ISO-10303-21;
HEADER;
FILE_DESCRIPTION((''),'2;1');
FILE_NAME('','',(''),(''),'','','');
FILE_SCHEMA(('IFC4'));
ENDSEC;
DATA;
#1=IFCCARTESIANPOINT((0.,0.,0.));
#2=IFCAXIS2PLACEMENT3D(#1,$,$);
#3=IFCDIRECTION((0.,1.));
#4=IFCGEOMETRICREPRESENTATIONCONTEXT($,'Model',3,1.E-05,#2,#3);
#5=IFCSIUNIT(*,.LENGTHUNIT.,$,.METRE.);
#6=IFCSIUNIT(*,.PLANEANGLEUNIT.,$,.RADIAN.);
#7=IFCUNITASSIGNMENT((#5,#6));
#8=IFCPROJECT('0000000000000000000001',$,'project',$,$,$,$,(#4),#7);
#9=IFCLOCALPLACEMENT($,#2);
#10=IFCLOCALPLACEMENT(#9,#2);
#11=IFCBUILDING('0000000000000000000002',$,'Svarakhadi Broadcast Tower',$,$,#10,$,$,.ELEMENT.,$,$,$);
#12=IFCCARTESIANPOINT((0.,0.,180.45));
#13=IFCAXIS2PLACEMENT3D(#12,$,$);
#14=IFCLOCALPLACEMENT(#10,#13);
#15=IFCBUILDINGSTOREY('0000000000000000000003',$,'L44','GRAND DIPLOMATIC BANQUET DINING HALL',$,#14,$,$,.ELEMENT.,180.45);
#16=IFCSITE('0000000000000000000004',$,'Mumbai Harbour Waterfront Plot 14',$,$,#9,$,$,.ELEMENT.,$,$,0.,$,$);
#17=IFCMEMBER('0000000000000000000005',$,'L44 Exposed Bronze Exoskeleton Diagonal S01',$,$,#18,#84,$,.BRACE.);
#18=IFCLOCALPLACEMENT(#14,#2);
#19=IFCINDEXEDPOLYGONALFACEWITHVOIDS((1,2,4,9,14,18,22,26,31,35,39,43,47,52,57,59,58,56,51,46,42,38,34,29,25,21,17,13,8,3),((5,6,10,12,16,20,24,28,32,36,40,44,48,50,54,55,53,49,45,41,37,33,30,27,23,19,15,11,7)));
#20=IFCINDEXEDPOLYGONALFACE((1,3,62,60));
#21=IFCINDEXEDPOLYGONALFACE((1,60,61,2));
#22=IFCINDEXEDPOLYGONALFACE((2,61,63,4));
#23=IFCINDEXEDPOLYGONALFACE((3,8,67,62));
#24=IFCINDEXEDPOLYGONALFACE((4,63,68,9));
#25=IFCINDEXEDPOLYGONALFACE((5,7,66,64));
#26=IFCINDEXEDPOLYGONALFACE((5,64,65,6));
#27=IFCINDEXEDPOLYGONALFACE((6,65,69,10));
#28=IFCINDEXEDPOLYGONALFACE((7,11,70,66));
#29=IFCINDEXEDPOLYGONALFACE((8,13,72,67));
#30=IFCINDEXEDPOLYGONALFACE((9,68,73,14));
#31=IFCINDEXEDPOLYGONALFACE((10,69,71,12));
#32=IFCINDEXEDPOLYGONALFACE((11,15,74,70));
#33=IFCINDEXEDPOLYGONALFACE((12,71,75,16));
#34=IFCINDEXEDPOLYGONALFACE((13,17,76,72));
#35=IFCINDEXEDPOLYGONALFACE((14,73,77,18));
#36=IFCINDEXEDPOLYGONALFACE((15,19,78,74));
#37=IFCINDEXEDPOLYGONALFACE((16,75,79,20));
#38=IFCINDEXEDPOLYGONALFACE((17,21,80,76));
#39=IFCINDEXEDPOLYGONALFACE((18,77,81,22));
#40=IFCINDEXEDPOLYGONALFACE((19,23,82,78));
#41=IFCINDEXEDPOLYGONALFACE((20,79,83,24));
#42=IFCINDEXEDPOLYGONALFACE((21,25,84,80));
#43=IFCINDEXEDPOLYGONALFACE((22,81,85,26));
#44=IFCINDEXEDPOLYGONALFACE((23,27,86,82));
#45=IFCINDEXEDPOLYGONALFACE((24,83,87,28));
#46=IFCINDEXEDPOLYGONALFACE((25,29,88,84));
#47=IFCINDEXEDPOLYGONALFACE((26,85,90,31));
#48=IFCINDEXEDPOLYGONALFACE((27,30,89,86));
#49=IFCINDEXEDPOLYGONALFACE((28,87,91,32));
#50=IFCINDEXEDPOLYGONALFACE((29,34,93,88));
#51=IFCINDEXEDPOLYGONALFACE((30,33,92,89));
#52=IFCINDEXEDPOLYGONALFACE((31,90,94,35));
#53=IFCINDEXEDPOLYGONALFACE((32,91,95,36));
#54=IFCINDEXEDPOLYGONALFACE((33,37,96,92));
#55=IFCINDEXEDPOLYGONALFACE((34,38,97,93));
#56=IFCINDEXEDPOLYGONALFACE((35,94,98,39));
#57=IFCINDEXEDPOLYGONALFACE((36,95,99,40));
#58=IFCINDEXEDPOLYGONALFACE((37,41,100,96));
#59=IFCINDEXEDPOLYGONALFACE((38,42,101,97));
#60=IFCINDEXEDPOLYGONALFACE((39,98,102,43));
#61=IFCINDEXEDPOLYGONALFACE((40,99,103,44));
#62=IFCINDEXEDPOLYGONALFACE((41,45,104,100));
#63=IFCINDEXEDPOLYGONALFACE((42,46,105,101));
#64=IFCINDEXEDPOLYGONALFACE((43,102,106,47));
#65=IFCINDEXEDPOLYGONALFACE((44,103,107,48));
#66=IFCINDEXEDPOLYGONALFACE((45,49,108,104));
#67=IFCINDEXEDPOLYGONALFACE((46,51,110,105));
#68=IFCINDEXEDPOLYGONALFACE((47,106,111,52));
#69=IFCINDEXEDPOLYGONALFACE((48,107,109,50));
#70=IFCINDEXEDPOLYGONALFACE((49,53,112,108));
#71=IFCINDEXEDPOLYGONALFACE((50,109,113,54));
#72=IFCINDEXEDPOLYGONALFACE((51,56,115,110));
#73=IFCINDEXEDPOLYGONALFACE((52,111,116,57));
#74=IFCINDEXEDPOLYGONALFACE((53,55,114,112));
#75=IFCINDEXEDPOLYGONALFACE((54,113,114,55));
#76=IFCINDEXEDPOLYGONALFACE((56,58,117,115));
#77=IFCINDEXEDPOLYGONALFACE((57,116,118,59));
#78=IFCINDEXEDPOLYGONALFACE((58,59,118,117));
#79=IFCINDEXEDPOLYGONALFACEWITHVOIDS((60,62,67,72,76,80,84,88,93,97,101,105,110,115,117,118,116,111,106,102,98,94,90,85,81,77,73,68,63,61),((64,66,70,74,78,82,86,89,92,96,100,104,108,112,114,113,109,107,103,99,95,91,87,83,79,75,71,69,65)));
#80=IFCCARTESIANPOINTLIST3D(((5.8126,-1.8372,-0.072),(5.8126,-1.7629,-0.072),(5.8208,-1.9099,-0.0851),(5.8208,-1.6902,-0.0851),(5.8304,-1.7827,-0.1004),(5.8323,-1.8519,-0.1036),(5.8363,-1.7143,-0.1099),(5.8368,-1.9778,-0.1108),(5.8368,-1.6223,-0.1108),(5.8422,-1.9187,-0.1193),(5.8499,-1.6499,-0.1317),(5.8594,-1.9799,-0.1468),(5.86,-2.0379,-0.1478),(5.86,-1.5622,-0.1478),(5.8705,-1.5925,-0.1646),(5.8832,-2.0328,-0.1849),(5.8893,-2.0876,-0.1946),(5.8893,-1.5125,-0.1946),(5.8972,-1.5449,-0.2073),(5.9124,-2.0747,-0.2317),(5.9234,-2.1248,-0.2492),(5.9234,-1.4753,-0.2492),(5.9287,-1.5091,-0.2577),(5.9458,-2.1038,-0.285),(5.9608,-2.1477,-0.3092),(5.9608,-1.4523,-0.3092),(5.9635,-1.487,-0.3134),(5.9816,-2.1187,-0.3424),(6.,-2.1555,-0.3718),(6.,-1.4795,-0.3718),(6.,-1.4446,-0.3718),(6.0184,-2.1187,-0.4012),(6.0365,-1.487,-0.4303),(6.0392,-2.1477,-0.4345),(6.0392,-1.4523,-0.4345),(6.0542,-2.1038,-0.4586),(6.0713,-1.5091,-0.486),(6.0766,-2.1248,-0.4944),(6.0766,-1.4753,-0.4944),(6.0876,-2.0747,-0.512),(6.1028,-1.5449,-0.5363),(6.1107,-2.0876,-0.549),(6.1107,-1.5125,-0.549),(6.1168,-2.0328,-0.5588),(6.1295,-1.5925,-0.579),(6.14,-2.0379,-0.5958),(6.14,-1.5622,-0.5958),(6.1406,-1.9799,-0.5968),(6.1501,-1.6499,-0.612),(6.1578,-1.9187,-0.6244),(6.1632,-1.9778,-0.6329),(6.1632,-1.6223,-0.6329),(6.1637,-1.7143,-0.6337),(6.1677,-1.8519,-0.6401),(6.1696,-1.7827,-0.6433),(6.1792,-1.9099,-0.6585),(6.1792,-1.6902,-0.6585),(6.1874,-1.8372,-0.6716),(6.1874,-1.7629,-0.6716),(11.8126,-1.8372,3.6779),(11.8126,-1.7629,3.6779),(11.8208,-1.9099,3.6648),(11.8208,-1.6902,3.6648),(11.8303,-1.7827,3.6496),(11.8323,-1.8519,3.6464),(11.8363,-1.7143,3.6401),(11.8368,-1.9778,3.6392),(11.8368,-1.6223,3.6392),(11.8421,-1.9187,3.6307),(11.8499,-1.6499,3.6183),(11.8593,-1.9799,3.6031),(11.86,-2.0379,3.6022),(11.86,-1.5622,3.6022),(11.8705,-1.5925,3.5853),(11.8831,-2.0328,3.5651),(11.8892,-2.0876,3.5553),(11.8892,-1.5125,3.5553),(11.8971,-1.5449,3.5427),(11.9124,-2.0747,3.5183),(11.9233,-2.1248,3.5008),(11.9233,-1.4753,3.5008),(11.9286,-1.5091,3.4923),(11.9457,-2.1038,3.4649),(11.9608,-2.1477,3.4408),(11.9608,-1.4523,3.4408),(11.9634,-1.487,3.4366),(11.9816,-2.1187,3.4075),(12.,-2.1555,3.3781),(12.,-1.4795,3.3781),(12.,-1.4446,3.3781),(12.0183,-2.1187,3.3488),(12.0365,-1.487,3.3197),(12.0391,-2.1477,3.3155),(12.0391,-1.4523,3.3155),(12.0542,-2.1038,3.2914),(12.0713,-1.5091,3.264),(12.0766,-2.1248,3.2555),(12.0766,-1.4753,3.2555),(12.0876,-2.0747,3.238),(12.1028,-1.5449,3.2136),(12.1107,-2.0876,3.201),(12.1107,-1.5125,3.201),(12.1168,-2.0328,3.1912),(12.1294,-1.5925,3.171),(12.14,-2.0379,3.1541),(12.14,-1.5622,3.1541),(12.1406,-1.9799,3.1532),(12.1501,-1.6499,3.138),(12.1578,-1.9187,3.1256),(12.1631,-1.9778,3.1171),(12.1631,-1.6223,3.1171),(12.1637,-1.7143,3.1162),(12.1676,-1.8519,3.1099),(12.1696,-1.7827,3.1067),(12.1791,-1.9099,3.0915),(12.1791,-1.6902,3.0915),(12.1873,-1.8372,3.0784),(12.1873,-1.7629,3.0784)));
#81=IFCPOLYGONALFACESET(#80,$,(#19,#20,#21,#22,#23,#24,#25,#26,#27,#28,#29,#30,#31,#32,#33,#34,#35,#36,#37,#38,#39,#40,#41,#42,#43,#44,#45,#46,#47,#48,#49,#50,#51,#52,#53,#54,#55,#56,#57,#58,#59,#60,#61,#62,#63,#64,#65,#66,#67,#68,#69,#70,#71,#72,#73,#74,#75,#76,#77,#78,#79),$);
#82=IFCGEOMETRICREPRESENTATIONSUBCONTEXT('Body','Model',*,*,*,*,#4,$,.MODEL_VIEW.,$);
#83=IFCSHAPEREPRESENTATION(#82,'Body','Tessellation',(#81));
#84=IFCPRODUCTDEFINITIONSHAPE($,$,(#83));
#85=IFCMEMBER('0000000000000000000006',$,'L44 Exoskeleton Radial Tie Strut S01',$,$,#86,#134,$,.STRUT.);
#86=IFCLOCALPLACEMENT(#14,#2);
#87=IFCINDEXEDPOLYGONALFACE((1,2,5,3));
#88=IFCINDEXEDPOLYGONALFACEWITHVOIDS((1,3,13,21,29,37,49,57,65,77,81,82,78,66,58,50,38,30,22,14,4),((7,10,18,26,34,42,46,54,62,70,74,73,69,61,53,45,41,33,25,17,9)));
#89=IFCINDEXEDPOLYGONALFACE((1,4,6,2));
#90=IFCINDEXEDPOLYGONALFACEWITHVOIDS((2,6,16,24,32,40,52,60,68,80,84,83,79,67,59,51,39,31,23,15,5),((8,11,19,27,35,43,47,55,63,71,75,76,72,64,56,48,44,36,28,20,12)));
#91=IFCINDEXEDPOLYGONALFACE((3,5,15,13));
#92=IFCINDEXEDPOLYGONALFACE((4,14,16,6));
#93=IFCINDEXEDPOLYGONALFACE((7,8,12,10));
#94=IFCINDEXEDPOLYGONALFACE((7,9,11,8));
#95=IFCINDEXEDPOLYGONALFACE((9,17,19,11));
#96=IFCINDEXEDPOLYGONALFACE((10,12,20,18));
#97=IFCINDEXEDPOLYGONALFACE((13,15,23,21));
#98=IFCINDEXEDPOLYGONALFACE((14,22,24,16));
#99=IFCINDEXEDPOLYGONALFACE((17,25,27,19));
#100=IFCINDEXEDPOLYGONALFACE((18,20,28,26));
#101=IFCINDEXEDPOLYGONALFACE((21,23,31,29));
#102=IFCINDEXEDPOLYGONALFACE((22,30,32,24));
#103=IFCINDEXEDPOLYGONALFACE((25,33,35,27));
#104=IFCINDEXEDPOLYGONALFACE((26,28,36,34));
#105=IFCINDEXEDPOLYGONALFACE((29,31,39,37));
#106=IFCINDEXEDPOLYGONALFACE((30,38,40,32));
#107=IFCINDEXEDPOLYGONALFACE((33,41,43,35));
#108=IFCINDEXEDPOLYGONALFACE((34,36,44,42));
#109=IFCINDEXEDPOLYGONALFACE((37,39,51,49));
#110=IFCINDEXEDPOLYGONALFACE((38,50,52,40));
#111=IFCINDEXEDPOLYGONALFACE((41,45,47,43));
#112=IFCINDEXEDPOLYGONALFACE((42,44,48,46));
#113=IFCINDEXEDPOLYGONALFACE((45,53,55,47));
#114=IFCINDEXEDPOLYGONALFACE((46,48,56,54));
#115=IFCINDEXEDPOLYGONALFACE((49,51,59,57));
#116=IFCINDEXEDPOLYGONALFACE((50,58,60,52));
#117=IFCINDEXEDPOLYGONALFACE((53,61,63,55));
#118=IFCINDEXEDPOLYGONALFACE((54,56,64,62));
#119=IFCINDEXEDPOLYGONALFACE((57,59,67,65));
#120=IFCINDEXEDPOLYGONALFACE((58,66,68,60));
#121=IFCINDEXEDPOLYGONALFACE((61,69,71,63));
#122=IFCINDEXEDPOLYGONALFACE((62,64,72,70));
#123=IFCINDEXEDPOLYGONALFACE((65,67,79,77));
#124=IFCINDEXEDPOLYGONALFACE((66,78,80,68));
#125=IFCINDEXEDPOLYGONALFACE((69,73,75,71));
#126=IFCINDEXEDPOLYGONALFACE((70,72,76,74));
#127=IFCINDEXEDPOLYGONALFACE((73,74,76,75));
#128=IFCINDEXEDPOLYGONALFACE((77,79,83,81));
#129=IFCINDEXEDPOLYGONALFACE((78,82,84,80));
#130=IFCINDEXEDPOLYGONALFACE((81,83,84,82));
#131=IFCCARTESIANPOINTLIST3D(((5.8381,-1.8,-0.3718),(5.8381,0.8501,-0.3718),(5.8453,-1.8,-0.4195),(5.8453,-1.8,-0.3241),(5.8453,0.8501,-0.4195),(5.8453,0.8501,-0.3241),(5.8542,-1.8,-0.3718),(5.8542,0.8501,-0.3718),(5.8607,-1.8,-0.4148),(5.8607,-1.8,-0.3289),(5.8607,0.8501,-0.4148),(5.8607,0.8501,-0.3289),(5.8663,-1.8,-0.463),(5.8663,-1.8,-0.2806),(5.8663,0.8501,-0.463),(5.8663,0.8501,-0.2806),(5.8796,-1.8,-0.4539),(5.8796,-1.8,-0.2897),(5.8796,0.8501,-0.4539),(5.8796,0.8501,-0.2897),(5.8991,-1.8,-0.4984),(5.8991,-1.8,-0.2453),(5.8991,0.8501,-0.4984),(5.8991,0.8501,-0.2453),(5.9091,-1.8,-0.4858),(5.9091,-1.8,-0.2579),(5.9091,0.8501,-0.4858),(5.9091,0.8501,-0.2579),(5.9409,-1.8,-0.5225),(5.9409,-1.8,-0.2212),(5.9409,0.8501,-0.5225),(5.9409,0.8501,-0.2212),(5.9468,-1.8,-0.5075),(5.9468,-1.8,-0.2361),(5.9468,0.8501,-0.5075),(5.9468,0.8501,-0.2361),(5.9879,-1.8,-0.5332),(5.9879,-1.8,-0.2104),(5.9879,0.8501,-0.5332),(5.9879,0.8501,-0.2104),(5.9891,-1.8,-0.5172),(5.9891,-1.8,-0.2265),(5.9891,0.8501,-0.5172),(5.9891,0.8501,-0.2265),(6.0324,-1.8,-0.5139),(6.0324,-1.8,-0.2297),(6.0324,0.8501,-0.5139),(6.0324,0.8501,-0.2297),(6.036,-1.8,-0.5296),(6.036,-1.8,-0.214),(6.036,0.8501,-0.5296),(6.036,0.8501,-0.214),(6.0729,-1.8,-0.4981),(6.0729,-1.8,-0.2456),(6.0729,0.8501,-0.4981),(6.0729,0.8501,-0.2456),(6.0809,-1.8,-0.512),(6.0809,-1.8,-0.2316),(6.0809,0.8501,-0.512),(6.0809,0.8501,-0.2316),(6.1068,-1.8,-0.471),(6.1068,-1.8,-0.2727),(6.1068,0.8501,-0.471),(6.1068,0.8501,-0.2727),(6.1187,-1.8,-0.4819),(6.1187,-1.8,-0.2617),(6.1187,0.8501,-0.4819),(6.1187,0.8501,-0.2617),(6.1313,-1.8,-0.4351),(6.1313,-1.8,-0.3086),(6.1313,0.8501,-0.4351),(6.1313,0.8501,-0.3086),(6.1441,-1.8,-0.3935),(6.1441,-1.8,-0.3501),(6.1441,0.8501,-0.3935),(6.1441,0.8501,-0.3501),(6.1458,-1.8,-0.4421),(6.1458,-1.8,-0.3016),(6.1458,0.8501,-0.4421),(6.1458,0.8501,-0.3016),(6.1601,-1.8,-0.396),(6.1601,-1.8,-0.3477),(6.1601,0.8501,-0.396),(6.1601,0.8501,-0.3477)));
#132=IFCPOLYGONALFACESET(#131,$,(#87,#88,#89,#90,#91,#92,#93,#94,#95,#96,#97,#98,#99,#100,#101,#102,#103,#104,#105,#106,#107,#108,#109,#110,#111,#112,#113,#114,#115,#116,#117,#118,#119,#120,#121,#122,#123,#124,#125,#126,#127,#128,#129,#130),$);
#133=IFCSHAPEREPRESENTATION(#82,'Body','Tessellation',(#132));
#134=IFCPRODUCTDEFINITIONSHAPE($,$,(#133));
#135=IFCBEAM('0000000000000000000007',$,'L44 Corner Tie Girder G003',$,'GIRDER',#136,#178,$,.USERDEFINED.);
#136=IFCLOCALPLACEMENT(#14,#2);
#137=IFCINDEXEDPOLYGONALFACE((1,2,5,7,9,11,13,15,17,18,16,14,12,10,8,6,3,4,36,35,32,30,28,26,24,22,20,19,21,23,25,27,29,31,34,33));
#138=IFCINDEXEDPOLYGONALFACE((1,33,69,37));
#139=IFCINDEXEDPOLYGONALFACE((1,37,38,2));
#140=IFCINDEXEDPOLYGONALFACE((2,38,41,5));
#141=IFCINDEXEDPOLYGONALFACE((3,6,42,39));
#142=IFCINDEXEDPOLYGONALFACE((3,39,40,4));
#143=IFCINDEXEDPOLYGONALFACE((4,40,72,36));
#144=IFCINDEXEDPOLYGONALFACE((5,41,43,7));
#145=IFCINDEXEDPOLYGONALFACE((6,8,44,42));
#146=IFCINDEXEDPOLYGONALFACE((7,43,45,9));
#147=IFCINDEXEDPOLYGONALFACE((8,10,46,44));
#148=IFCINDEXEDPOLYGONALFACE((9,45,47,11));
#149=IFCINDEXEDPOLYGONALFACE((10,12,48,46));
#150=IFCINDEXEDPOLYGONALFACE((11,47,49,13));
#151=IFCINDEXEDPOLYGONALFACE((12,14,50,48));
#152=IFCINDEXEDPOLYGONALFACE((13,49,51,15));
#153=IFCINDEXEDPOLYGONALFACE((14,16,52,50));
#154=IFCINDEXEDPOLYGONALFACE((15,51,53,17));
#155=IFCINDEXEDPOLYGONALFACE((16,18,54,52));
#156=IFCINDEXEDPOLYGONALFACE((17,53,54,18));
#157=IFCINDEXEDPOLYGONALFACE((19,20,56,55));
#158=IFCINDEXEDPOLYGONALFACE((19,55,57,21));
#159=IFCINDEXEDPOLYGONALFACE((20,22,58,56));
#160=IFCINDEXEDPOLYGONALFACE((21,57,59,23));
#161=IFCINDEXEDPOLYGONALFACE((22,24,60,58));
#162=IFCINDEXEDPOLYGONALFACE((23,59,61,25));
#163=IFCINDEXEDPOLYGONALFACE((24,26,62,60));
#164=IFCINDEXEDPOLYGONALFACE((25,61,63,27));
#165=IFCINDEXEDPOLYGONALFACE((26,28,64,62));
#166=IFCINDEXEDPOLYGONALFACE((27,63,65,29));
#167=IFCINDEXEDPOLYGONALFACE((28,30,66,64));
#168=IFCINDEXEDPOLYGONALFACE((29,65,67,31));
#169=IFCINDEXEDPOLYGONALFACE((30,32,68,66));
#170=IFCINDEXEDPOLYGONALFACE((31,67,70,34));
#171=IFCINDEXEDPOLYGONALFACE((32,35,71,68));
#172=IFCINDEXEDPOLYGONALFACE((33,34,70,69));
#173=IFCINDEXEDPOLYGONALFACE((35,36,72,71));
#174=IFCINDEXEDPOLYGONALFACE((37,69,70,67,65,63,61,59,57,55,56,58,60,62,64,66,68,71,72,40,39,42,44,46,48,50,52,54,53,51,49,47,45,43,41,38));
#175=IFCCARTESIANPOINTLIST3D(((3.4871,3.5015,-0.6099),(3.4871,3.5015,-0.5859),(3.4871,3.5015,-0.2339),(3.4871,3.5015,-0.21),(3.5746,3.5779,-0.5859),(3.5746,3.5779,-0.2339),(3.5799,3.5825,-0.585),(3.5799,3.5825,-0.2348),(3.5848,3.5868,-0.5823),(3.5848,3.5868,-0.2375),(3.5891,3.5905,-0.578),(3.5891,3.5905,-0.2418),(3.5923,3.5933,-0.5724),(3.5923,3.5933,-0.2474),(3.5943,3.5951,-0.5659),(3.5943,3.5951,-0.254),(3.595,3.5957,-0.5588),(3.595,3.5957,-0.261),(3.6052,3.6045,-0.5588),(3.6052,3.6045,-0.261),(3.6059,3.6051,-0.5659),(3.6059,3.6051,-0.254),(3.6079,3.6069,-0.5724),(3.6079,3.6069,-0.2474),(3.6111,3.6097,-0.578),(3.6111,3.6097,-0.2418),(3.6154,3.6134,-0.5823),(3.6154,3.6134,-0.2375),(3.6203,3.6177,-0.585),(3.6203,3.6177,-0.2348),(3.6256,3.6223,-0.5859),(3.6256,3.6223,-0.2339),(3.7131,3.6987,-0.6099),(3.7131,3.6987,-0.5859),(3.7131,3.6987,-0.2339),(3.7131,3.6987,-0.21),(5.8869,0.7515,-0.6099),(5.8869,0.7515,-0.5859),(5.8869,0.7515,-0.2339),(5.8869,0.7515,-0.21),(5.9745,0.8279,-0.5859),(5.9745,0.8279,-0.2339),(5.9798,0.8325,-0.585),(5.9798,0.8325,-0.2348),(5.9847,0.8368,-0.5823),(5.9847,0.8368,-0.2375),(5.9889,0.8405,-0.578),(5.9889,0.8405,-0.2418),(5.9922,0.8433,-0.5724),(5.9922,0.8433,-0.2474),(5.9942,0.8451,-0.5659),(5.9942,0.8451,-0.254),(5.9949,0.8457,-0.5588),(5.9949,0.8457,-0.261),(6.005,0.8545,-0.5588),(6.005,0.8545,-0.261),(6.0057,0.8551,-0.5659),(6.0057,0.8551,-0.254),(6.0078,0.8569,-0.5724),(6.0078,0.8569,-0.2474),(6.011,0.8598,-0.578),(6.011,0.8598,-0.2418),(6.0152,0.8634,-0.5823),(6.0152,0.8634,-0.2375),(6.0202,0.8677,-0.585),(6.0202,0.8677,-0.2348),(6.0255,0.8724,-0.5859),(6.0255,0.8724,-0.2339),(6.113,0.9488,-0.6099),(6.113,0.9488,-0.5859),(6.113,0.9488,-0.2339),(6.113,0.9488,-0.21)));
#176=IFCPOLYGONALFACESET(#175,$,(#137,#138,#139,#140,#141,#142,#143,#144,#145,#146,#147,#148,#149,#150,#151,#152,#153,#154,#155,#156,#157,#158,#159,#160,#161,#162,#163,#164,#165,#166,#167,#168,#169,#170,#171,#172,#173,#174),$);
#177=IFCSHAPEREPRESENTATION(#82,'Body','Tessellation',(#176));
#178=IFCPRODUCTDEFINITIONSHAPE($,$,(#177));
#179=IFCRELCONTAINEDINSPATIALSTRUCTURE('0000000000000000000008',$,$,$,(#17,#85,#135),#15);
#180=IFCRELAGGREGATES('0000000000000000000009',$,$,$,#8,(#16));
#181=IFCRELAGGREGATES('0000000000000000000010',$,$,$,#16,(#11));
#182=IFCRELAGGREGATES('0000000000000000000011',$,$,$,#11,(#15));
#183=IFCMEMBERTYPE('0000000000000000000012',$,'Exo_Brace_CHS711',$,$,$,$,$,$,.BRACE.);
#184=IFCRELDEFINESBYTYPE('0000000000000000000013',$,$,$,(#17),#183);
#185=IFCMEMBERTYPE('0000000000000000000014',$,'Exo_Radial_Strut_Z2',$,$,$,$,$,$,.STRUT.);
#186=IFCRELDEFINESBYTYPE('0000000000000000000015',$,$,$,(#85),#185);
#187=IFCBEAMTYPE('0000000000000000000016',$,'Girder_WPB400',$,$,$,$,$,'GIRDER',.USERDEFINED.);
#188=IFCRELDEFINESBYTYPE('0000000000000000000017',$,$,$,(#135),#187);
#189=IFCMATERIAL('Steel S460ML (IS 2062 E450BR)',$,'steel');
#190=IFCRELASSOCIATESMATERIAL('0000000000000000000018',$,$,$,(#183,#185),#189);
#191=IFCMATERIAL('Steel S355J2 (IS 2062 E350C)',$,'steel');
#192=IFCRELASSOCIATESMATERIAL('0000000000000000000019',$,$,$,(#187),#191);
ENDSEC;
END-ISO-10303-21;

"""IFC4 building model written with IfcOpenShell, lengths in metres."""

from ifc_helpers import new_model, si_unit, direction, frame, origin, origin_2d, place, context, subcontext, project, spatial, hollow_circle, i_section, extrude, material, material_profile, profile_set, type_object, element, save


model = new_model("IFC4")

# Units and contexts
model_context = context("Model", 3, precision=1e-05, world=origin(), true_north=direction((0.0, 1.0)))
body_context = subcontext(model_context, "Body", "Model", "MODEL_VIEW")
ifc_project = project(units=[si_unit("LENGTHUNIT", "METRE"), si_unit("PLANEANGLEUNIT", "RADIAN")], contexts=[model_context])

# Site, building, storey
site_placement = place(None, origin())
site = spatial("IfcSite", under=ifc_project, at=site_placement, Name="Mumbai Harbour Waterfront Plot 14", CompositionType="ELEMENT", RefElevation=0.0)
building_placement = place(site_placement, origin())
building = spatial("IfcBuilding", under=site, at=building_placement, Name="Svarakhadi Broadcast Tower", CompositionType="ELEMENT")
storey_placement = place(building_placement, frame((0.0, 0.0, 180.45)))
storey = spatial("IfcBuildingStorey", under=building, at=storey_placement, Name="L44", Description="GRAND DIPLOMATIC BANQUET DINING HALL", CompositionType="ELEMENT", Elevation=180.45)

# Shared definitions
ifc_material_1 = material(Name="Steel S460ML (IS 2062 E450BR)", Category="steel")

# Shared definitions
ifc_material_2 = material(Name="Steel S355J2 (IS 2062 E350C)", Category="steel")

# Members
ifc_material_profile_1 = material_profile(ifc_material_1, hollow_circle(Radius=0.3555, WallThickness=0.0349, at=origin_2d()), Name="CHS 711x35")
ifc_profile_set_1 = profile_set([ifc_material_profile_1], Name="Steel S460ML (IS 2062 E450BR)")
member_type_1 = type_object("IfcMemberType", Name="Exo_Brace_CHS711", PredefinedType="BRACE", material=ifc_profile_set_1)
member_1_placement = place(storey_placement, frame((6.0, -1.8, -0.3718), z_axis=(0.847998, 0.0, 0.529999), x_axis=(0.0, 1.0, 0.0)))
element("IfcMember", 1, at=member_1_placement, inside=storey, type_object=member_type_1, Name="L44 Exposed Bronze Exoskeleton Diagonal S01", PredefinedType="BRACE", context=body_context, shape_type="SweptSolid", body=[
    extrude(hollow_circle(Radius=0.3555, WallThickness=0.0349, at=origin_2d()), origin(), (0.0, 0.0, 1.0), 7.0754),
])
ifc_material_profile_2 = material_profile(ifc_material_1, hollow_circle(Radius=0.1619, WallThickness=0.0161, at=origin_2d()), Name="CHS 323.9x16")
ifc_profile_set_2 = profile_set([ifc_material_profile_2], Name="Steel S460ML (IS 2062 E450BR)")
member_type_2 = type_object("IfcMemberType", Name="Exo_Radial_Strut_Z2", PredefinedType="STRUT", material=ifc_profile_set_2)
member_2_placement = place(storey_placement, frame((6.0, -1.8, -0.3718), z_axis=(0.0, 1.0, 0.0), x_axis=(-1.0, 0.0, 0.0)))
element("IfcMember", 2, at=member_2_placement, inside=storey, type_object=member_type_2, Name="L44 Exoskeleton Radial Tie Strut S01", PredefinedType="STRUT", context=body_context, shape_type="SweptSolid", body=[
    extrude(hollow_circle(Radius=0.1619, WallThickness=0.0161, at=origin_2d()), origin(), (0.0, 0.0, 1.0), 2.6501),
])

# Beam
ifc_material_profile_3 = material_profile(ifc_material_2, i_section(OverallWidth=0.3, OverallDepth=0.3999, WebThickness=0.0134, FlangeThickness=0.0239, FilletRadius=0.0271, at=origin_2d()), Name="WPB 400x300x155")
ifc_profile_set_3 = profile_set([ifc_material_profile_3], Name="Steel S355J2 (IS 2062 E350C)")
beam_type_1 = type_object("IfcBeamType", Name="Girder_WPB400", ElementType="GIRDER", PredefinedType="USERDEFINED", material=ifc_profile_set_3)
beam_1_placement = place(storey_placement, frame((3.6001, 3.6001, -0.4099), z_axis=(0.657519, -0.753438, 0.0), x_axis=(0.753438, 0.657519, 0.0)))
element("IfcBeam", 3, at=beam_1_placement, inside=storey, type_object=beam_type_1, Name="L44 Corner Tie Girder G003", ObjectType="GIRDER", PredefinedType="USERDEFINED", context=body_context, shape_type="SweptSolid", body=[
    extrude(i_section(OverallWidth=0.3, OverallDepth=0.3999, WebThickness=0.0134, FlangeThickness=0.0239, FilletRadius=0.0271, at=origin_2d()), origin(), (0.0, 0.0, 1.0), 3.6499),
])

save(model, "model.ifc")
